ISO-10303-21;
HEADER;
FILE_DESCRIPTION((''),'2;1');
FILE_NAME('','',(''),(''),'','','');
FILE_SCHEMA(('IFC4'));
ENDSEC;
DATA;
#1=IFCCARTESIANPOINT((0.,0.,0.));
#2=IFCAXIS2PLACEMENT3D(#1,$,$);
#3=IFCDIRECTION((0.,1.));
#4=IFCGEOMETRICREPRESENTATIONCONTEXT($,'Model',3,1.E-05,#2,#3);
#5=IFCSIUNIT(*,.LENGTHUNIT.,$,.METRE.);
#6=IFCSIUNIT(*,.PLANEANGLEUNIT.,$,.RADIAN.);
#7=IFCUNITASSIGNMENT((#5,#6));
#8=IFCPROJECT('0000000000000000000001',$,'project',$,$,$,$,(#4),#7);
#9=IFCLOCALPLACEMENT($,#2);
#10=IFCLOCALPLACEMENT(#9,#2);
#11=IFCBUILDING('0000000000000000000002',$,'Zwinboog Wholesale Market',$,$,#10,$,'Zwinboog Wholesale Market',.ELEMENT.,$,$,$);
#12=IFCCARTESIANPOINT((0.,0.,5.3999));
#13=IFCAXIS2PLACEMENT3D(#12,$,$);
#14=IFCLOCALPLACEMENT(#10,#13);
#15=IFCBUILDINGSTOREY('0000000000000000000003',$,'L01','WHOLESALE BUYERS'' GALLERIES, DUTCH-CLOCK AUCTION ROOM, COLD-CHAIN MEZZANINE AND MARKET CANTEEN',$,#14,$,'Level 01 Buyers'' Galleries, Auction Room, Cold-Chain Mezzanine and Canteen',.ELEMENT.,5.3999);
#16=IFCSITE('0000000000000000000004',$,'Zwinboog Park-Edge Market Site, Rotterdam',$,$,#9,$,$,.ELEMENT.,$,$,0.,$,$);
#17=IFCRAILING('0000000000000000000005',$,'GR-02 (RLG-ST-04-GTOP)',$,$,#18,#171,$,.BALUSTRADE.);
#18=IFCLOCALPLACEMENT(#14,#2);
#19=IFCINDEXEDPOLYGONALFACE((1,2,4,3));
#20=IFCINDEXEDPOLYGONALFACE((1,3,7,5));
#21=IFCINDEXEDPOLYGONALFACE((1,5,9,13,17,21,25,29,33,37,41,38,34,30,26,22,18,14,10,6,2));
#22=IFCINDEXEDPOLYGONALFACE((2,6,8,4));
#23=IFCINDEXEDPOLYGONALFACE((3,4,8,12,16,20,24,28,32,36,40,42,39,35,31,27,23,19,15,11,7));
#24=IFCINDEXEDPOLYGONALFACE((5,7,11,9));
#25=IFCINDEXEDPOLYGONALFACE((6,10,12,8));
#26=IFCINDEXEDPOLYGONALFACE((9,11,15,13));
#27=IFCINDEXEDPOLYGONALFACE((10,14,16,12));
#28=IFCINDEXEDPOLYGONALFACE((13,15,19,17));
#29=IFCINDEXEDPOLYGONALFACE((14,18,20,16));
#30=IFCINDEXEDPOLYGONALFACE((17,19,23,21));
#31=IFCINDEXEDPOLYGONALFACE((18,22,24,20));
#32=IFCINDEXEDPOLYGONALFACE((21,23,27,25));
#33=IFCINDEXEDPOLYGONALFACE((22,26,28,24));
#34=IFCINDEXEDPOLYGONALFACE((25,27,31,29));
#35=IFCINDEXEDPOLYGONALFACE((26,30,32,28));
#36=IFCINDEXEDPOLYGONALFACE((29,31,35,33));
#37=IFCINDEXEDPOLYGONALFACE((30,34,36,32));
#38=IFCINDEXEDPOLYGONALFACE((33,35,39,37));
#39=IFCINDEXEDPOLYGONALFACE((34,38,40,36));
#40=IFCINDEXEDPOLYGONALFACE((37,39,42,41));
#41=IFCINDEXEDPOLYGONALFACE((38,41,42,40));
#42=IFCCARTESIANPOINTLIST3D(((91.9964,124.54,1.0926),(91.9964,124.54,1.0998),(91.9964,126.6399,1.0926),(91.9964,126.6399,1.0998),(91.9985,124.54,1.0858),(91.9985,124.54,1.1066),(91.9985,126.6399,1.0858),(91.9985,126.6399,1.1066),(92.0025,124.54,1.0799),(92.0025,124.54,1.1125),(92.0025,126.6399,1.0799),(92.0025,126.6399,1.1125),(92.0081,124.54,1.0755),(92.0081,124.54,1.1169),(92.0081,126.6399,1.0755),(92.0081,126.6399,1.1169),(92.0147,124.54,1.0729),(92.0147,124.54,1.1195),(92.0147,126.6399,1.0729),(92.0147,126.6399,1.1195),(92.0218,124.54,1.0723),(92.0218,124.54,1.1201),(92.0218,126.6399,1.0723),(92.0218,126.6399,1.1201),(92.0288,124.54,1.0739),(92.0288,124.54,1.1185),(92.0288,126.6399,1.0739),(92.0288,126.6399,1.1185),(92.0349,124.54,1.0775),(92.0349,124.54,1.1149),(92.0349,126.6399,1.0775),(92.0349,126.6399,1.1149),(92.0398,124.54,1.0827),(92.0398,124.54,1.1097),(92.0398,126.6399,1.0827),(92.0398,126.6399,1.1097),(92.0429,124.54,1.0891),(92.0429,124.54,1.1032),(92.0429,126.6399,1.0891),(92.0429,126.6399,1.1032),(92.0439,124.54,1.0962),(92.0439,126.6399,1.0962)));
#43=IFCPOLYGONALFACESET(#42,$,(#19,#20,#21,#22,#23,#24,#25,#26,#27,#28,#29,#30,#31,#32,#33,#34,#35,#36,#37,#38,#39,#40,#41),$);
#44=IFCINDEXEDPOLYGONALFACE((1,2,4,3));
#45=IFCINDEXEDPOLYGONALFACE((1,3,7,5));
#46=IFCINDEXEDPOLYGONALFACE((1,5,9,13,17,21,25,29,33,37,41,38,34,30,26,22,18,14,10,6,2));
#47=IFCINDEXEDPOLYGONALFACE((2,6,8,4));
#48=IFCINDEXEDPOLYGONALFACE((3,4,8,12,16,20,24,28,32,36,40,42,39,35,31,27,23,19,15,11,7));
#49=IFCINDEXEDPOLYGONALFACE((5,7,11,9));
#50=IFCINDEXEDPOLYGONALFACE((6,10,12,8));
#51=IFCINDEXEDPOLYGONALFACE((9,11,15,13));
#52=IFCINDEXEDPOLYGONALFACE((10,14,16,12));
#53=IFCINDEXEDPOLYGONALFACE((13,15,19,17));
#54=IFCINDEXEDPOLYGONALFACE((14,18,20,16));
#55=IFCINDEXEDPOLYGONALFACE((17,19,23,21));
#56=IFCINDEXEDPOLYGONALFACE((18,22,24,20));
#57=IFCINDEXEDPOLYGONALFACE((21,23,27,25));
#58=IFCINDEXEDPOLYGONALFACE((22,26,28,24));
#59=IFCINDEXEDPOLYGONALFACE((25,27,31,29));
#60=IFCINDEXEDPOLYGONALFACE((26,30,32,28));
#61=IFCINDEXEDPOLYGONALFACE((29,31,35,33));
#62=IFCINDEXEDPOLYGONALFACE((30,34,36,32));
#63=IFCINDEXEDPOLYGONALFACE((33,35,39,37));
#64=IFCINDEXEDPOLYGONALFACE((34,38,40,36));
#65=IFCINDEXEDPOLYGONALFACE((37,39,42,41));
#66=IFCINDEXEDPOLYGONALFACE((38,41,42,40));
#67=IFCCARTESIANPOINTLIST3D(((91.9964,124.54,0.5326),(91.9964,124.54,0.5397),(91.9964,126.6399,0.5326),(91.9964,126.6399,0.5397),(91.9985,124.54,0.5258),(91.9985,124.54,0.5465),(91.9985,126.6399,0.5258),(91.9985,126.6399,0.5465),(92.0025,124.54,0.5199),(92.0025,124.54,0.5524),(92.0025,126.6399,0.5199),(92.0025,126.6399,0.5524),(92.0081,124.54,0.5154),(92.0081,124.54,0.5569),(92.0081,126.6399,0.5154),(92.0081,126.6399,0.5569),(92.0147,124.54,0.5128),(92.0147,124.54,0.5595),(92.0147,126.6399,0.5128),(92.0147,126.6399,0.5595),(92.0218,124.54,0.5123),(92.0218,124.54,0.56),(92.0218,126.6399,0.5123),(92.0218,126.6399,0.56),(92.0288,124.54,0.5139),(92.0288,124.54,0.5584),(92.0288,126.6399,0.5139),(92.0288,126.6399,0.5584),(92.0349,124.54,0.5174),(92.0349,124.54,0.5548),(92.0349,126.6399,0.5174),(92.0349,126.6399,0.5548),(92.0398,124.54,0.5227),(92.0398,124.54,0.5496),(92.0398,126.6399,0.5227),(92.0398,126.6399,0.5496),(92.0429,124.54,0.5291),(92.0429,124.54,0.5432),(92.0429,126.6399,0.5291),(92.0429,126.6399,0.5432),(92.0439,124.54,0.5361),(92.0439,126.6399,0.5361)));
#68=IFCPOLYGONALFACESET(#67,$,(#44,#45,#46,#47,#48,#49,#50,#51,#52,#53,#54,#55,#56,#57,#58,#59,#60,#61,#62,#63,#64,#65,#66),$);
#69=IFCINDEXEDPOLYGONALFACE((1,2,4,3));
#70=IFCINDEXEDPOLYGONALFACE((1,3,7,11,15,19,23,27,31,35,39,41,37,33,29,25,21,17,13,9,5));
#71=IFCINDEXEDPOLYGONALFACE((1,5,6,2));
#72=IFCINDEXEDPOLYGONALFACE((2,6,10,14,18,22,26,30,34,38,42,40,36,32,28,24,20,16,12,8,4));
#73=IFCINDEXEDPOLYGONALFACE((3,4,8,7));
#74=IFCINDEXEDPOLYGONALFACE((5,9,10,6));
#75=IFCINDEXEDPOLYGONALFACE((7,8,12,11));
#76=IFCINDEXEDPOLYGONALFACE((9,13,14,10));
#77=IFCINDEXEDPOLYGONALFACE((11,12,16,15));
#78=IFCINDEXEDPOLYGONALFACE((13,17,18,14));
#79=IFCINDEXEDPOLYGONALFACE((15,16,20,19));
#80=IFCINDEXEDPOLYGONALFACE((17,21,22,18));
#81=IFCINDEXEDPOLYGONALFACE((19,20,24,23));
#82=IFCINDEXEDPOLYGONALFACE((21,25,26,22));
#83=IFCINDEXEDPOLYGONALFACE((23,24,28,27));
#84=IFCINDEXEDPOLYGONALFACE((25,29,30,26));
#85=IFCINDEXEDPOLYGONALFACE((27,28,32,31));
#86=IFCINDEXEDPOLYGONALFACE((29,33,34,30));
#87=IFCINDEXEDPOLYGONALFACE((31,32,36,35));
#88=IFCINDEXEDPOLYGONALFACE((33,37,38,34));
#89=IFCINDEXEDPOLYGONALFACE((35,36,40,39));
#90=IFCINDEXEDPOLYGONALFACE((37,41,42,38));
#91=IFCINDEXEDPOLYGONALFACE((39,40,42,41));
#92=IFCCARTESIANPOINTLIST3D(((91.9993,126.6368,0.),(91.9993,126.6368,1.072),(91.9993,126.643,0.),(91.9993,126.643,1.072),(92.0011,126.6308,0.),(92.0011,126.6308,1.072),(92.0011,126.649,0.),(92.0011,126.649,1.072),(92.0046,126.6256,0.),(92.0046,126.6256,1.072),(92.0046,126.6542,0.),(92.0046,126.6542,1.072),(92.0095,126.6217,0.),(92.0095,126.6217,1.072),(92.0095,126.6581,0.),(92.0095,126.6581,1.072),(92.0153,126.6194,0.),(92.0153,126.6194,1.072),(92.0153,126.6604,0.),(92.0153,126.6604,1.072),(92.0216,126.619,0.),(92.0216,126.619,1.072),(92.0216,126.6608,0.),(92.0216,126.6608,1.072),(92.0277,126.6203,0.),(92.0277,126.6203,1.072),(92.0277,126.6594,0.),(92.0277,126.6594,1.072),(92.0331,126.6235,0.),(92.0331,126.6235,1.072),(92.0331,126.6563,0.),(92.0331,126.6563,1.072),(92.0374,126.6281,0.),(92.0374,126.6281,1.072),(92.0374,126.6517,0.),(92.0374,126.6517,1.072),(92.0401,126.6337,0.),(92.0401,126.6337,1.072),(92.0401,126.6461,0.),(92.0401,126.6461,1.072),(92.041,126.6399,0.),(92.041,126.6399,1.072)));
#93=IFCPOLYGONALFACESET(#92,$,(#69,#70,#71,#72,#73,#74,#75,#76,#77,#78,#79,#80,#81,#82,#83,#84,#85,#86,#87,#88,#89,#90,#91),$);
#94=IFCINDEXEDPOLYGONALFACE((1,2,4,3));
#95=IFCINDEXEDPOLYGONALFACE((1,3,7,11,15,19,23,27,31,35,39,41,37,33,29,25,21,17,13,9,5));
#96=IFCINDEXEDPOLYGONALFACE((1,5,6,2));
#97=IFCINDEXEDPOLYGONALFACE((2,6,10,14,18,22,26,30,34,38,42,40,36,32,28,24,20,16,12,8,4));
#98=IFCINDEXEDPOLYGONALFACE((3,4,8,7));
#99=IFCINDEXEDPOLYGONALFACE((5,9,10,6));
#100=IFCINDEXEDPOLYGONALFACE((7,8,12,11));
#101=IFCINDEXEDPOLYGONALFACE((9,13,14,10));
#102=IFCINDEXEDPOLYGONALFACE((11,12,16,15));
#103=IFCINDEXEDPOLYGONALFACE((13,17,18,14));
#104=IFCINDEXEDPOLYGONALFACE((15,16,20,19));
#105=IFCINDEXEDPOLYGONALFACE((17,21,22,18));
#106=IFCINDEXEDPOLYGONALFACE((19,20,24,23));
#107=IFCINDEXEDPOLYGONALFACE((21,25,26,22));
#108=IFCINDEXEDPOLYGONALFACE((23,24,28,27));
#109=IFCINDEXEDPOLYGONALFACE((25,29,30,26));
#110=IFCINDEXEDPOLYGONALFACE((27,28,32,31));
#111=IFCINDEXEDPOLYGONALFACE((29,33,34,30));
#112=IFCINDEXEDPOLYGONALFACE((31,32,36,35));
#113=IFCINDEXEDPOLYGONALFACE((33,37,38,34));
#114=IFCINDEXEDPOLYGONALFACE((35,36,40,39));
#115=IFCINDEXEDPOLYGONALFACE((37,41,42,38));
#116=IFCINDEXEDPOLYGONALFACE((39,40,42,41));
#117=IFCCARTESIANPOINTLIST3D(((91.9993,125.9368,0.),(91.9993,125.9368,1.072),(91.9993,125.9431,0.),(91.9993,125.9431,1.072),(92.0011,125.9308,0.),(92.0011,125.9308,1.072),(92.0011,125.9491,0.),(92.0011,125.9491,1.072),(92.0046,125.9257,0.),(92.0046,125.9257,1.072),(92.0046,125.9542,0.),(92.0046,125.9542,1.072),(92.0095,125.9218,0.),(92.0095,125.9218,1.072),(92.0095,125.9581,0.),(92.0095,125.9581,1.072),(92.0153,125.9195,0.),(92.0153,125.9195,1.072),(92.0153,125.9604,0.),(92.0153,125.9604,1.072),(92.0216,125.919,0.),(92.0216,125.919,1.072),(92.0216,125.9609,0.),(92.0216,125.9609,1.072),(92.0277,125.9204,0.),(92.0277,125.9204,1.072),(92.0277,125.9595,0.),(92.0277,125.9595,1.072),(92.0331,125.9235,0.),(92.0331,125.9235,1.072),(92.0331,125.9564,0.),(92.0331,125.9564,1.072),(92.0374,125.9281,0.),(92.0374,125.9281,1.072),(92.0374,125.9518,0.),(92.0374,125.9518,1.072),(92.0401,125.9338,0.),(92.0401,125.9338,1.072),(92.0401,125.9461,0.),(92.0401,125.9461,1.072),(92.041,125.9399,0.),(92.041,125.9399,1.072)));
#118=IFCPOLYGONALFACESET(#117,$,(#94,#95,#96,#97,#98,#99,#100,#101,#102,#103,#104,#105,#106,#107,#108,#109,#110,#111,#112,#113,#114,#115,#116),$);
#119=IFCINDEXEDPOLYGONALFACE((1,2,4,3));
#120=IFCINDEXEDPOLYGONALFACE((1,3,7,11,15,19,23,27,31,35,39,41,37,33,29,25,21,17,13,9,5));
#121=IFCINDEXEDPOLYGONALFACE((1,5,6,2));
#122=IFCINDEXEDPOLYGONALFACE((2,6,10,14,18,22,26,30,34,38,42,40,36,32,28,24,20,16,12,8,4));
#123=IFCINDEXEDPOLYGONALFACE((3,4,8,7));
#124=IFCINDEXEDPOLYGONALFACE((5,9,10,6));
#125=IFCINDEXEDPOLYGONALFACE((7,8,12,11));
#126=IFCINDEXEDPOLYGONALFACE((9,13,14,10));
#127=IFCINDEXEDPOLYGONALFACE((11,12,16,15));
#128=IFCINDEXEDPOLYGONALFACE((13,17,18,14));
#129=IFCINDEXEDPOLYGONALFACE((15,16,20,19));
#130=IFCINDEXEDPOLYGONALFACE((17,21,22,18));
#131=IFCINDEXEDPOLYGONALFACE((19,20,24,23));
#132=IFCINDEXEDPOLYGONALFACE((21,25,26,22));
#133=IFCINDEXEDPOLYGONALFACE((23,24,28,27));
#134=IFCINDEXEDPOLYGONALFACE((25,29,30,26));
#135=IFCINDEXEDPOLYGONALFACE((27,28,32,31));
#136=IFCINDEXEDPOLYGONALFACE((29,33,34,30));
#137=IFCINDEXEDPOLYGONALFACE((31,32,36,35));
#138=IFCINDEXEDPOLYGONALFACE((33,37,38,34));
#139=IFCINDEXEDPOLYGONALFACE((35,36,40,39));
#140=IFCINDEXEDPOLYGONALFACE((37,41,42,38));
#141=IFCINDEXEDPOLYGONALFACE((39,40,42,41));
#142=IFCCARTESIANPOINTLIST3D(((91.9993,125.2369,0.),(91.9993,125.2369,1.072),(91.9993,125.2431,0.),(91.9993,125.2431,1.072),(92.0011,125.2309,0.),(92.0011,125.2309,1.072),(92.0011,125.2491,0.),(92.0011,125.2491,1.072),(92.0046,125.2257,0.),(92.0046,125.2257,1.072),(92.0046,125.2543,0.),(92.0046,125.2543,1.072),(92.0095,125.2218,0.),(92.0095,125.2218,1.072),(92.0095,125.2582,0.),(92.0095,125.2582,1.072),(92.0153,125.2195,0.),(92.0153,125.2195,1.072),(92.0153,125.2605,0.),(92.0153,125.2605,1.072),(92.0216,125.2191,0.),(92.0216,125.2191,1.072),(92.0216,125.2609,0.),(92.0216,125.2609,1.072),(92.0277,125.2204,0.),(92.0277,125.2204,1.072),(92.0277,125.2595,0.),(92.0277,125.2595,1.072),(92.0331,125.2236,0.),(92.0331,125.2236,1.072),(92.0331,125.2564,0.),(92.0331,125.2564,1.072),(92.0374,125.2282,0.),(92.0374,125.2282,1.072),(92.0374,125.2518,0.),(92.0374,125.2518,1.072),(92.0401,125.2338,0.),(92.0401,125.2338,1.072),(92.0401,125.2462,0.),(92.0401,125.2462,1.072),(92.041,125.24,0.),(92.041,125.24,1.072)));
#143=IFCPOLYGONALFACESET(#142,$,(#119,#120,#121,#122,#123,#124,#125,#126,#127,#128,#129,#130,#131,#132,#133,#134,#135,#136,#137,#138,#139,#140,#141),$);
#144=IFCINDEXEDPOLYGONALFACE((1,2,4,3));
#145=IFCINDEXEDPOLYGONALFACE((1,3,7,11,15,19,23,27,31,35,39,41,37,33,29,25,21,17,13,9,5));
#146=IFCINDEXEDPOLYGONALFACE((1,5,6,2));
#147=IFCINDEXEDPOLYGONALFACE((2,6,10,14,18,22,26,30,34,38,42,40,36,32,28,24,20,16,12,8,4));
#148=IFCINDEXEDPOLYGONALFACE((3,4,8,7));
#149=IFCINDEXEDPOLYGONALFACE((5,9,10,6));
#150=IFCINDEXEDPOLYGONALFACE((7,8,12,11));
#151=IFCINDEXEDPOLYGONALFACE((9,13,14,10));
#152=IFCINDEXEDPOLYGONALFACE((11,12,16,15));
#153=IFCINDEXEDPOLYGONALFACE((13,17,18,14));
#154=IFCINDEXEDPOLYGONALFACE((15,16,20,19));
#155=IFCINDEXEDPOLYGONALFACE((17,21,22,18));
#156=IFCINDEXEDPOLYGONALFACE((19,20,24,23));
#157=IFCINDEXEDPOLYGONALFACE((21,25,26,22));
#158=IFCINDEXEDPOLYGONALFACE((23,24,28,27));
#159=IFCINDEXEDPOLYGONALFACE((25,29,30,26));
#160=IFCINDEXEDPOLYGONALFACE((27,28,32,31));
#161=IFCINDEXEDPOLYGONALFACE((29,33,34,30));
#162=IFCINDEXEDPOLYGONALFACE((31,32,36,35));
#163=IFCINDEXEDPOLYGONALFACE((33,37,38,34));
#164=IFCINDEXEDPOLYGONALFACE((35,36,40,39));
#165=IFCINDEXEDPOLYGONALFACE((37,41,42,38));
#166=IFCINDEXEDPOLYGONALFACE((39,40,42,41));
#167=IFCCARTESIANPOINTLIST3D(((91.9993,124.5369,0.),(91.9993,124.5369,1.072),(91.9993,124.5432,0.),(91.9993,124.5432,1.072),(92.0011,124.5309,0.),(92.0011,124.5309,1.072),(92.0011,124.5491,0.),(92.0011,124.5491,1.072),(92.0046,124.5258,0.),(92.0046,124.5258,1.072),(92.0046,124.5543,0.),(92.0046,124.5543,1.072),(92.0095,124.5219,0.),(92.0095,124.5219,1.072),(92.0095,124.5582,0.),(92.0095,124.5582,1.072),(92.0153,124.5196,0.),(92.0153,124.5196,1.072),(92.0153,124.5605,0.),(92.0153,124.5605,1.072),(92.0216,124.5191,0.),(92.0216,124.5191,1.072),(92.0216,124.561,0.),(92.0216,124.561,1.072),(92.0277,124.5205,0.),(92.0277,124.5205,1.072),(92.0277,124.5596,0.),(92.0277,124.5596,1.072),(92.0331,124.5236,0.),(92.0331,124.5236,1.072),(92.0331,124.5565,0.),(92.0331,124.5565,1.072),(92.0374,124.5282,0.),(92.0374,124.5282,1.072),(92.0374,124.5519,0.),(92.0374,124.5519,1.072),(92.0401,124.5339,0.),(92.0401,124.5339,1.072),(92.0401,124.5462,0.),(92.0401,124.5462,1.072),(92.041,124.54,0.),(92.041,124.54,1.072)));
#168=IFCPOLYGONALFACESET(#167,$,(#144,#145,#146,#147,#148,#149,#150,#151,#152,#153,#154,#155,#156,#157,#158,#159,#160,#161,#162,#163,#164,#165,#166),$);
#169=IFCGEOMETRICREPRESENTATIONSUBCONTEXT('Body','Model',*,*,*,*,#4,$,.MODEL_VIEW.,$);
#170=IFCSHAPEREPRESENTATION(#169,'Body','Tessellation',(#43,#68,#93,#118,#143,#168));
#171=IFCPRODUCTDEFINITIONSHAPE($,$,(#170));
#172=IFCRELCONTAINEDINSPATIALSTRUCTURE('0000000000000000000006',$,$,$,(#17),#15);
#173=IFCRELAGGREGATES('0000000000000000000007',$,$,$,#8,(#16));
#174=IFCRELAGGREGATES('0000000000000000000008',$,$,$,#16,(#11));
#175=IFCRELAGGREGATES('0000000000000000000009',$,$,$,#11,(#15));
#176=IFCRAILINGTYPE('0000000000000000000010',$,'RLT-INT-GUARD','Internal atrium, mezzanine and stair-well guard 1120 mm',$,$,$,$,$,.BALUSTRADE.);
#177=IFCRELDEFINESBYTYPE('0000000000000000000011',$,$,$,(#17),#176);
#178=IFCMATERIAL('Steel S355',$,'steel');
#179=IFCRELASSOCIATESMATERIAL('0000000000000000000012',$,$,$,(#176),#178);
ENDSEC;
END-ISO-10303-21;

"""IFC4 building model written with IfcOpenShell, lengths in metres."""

from ifc_helpers import new_model, si_unit, direction, frame, origin, origin_2d, place, context, subcontext, project, spatial, circle, extrude, material, type_object, element, save


model = new_model("IFC4")

# Units and contexts
model_context = context("Model", 3, precision=1e-05, world=origin(), true_north=direction((0.0, 1.0)))
body_context = subcontext(model_context, "Body", "Model", "MODEL_VIEW")
ifc_project = project(units=[si_unit("LENGTHUNIT", "METRE"), si_unit("PLANEANGLEUNIT", "RADIAN")], contexts=[model_context])

# Site, building, storey
site_placement = place(None, origin())
site = spatial("IfcSite", under=ifc_project, at=site_placement, Name="Zwinboog Park-Edge Market Site, Rotterdam", CompositionType="ELEMENT", RefElevation=0.0)
building_placement = place(site_placement, origin())
building = spatial("IfcBuilding", under=site, at=building_placement, Name="Zwinboog Wholesale Market", LongName="Zwinboog Wholesale Market", CompositionType="ELEMENT")
storey_placement = place(building_placement, frame((0.0, 0.0, 5.3999)))
storey = spatial("IfcBuildingStorey", under=building, at=storey_placement, Name="L01", Description="WHOLESALE BUYERS' GALLERIES, DUTCH-CLOCK AUCTION ROOM, COLD-CHAIN MEZZANINE AND MARKET CANTEEN", LongName="Level 01 Buyers' Galleries, Auction Room, Cold-Chain Mezzanine and Canteen", CompositionType="ELEMENT", Elevation=5.3999)

# Shared definitions
ifc_material_1 = material(Name="Steel S355", Category="steel")

# Railing
railing_type = type_object("IfcRailingType", Name="RLT-INT-GUARD", Description="Internal atrium, mezzanine and stair-well guard 1120 mm", PredefinedType="BALUSTRADE", material=ifc_material_1)
railing_placement = place(storey_placement, frame((92.02, 126.6399, 0.0)))
element("IfcRailing", 1, at=railing_placement, inside=storey, type_object=railing_type, Name="GR-02 (RLG-ST-04-GTOP)", PredefinedType="BALUSTRADE", context=body_context, shape_type="SweptSolid", body=[
    extrude(circle(Radius=0.0239, at=origin_2d()), frame((0.0, 0.0, 1.0962), z_axis=(0.0, -1.0, 0.0), x_axis=(1.0, 0.0, 0.0)), (0.0, 0.0, 1.0), 2.0999),
    extrude(circle(Radius=0.0239, at=origin_2d()), frame((0.0, 0.0, 0.5361), z_axis=(0.0, -1.0, 0.0), x_axis=(1.0, 0.0, 0.0)), (0.0, 0.0, 1.0), 2.0999),
    extrude(circle(Radius=0.021, at=origin_2d()), origin(), (0.0, 0.0, 1.0), 1.072),
    extrude(circle(Radius=0.021, at=origin_2d()), frame((0.0, -0.7, 0.0)), (0.0, 0.0, 1.0), 1.072),
    extrude(circle(Radius=0.021, at=origin_2d()), frame((0.0, -1.3999, 0.0)), (0.0, 0.0, 1.0), 1.072),
    extrude(circle(Radius=0.021, at=origin_2d()), frame((0.0, -2.0999, 0.0)), (0.0, 0.0, 1.0), 1.072),
])

save(model, "model.ifc")
